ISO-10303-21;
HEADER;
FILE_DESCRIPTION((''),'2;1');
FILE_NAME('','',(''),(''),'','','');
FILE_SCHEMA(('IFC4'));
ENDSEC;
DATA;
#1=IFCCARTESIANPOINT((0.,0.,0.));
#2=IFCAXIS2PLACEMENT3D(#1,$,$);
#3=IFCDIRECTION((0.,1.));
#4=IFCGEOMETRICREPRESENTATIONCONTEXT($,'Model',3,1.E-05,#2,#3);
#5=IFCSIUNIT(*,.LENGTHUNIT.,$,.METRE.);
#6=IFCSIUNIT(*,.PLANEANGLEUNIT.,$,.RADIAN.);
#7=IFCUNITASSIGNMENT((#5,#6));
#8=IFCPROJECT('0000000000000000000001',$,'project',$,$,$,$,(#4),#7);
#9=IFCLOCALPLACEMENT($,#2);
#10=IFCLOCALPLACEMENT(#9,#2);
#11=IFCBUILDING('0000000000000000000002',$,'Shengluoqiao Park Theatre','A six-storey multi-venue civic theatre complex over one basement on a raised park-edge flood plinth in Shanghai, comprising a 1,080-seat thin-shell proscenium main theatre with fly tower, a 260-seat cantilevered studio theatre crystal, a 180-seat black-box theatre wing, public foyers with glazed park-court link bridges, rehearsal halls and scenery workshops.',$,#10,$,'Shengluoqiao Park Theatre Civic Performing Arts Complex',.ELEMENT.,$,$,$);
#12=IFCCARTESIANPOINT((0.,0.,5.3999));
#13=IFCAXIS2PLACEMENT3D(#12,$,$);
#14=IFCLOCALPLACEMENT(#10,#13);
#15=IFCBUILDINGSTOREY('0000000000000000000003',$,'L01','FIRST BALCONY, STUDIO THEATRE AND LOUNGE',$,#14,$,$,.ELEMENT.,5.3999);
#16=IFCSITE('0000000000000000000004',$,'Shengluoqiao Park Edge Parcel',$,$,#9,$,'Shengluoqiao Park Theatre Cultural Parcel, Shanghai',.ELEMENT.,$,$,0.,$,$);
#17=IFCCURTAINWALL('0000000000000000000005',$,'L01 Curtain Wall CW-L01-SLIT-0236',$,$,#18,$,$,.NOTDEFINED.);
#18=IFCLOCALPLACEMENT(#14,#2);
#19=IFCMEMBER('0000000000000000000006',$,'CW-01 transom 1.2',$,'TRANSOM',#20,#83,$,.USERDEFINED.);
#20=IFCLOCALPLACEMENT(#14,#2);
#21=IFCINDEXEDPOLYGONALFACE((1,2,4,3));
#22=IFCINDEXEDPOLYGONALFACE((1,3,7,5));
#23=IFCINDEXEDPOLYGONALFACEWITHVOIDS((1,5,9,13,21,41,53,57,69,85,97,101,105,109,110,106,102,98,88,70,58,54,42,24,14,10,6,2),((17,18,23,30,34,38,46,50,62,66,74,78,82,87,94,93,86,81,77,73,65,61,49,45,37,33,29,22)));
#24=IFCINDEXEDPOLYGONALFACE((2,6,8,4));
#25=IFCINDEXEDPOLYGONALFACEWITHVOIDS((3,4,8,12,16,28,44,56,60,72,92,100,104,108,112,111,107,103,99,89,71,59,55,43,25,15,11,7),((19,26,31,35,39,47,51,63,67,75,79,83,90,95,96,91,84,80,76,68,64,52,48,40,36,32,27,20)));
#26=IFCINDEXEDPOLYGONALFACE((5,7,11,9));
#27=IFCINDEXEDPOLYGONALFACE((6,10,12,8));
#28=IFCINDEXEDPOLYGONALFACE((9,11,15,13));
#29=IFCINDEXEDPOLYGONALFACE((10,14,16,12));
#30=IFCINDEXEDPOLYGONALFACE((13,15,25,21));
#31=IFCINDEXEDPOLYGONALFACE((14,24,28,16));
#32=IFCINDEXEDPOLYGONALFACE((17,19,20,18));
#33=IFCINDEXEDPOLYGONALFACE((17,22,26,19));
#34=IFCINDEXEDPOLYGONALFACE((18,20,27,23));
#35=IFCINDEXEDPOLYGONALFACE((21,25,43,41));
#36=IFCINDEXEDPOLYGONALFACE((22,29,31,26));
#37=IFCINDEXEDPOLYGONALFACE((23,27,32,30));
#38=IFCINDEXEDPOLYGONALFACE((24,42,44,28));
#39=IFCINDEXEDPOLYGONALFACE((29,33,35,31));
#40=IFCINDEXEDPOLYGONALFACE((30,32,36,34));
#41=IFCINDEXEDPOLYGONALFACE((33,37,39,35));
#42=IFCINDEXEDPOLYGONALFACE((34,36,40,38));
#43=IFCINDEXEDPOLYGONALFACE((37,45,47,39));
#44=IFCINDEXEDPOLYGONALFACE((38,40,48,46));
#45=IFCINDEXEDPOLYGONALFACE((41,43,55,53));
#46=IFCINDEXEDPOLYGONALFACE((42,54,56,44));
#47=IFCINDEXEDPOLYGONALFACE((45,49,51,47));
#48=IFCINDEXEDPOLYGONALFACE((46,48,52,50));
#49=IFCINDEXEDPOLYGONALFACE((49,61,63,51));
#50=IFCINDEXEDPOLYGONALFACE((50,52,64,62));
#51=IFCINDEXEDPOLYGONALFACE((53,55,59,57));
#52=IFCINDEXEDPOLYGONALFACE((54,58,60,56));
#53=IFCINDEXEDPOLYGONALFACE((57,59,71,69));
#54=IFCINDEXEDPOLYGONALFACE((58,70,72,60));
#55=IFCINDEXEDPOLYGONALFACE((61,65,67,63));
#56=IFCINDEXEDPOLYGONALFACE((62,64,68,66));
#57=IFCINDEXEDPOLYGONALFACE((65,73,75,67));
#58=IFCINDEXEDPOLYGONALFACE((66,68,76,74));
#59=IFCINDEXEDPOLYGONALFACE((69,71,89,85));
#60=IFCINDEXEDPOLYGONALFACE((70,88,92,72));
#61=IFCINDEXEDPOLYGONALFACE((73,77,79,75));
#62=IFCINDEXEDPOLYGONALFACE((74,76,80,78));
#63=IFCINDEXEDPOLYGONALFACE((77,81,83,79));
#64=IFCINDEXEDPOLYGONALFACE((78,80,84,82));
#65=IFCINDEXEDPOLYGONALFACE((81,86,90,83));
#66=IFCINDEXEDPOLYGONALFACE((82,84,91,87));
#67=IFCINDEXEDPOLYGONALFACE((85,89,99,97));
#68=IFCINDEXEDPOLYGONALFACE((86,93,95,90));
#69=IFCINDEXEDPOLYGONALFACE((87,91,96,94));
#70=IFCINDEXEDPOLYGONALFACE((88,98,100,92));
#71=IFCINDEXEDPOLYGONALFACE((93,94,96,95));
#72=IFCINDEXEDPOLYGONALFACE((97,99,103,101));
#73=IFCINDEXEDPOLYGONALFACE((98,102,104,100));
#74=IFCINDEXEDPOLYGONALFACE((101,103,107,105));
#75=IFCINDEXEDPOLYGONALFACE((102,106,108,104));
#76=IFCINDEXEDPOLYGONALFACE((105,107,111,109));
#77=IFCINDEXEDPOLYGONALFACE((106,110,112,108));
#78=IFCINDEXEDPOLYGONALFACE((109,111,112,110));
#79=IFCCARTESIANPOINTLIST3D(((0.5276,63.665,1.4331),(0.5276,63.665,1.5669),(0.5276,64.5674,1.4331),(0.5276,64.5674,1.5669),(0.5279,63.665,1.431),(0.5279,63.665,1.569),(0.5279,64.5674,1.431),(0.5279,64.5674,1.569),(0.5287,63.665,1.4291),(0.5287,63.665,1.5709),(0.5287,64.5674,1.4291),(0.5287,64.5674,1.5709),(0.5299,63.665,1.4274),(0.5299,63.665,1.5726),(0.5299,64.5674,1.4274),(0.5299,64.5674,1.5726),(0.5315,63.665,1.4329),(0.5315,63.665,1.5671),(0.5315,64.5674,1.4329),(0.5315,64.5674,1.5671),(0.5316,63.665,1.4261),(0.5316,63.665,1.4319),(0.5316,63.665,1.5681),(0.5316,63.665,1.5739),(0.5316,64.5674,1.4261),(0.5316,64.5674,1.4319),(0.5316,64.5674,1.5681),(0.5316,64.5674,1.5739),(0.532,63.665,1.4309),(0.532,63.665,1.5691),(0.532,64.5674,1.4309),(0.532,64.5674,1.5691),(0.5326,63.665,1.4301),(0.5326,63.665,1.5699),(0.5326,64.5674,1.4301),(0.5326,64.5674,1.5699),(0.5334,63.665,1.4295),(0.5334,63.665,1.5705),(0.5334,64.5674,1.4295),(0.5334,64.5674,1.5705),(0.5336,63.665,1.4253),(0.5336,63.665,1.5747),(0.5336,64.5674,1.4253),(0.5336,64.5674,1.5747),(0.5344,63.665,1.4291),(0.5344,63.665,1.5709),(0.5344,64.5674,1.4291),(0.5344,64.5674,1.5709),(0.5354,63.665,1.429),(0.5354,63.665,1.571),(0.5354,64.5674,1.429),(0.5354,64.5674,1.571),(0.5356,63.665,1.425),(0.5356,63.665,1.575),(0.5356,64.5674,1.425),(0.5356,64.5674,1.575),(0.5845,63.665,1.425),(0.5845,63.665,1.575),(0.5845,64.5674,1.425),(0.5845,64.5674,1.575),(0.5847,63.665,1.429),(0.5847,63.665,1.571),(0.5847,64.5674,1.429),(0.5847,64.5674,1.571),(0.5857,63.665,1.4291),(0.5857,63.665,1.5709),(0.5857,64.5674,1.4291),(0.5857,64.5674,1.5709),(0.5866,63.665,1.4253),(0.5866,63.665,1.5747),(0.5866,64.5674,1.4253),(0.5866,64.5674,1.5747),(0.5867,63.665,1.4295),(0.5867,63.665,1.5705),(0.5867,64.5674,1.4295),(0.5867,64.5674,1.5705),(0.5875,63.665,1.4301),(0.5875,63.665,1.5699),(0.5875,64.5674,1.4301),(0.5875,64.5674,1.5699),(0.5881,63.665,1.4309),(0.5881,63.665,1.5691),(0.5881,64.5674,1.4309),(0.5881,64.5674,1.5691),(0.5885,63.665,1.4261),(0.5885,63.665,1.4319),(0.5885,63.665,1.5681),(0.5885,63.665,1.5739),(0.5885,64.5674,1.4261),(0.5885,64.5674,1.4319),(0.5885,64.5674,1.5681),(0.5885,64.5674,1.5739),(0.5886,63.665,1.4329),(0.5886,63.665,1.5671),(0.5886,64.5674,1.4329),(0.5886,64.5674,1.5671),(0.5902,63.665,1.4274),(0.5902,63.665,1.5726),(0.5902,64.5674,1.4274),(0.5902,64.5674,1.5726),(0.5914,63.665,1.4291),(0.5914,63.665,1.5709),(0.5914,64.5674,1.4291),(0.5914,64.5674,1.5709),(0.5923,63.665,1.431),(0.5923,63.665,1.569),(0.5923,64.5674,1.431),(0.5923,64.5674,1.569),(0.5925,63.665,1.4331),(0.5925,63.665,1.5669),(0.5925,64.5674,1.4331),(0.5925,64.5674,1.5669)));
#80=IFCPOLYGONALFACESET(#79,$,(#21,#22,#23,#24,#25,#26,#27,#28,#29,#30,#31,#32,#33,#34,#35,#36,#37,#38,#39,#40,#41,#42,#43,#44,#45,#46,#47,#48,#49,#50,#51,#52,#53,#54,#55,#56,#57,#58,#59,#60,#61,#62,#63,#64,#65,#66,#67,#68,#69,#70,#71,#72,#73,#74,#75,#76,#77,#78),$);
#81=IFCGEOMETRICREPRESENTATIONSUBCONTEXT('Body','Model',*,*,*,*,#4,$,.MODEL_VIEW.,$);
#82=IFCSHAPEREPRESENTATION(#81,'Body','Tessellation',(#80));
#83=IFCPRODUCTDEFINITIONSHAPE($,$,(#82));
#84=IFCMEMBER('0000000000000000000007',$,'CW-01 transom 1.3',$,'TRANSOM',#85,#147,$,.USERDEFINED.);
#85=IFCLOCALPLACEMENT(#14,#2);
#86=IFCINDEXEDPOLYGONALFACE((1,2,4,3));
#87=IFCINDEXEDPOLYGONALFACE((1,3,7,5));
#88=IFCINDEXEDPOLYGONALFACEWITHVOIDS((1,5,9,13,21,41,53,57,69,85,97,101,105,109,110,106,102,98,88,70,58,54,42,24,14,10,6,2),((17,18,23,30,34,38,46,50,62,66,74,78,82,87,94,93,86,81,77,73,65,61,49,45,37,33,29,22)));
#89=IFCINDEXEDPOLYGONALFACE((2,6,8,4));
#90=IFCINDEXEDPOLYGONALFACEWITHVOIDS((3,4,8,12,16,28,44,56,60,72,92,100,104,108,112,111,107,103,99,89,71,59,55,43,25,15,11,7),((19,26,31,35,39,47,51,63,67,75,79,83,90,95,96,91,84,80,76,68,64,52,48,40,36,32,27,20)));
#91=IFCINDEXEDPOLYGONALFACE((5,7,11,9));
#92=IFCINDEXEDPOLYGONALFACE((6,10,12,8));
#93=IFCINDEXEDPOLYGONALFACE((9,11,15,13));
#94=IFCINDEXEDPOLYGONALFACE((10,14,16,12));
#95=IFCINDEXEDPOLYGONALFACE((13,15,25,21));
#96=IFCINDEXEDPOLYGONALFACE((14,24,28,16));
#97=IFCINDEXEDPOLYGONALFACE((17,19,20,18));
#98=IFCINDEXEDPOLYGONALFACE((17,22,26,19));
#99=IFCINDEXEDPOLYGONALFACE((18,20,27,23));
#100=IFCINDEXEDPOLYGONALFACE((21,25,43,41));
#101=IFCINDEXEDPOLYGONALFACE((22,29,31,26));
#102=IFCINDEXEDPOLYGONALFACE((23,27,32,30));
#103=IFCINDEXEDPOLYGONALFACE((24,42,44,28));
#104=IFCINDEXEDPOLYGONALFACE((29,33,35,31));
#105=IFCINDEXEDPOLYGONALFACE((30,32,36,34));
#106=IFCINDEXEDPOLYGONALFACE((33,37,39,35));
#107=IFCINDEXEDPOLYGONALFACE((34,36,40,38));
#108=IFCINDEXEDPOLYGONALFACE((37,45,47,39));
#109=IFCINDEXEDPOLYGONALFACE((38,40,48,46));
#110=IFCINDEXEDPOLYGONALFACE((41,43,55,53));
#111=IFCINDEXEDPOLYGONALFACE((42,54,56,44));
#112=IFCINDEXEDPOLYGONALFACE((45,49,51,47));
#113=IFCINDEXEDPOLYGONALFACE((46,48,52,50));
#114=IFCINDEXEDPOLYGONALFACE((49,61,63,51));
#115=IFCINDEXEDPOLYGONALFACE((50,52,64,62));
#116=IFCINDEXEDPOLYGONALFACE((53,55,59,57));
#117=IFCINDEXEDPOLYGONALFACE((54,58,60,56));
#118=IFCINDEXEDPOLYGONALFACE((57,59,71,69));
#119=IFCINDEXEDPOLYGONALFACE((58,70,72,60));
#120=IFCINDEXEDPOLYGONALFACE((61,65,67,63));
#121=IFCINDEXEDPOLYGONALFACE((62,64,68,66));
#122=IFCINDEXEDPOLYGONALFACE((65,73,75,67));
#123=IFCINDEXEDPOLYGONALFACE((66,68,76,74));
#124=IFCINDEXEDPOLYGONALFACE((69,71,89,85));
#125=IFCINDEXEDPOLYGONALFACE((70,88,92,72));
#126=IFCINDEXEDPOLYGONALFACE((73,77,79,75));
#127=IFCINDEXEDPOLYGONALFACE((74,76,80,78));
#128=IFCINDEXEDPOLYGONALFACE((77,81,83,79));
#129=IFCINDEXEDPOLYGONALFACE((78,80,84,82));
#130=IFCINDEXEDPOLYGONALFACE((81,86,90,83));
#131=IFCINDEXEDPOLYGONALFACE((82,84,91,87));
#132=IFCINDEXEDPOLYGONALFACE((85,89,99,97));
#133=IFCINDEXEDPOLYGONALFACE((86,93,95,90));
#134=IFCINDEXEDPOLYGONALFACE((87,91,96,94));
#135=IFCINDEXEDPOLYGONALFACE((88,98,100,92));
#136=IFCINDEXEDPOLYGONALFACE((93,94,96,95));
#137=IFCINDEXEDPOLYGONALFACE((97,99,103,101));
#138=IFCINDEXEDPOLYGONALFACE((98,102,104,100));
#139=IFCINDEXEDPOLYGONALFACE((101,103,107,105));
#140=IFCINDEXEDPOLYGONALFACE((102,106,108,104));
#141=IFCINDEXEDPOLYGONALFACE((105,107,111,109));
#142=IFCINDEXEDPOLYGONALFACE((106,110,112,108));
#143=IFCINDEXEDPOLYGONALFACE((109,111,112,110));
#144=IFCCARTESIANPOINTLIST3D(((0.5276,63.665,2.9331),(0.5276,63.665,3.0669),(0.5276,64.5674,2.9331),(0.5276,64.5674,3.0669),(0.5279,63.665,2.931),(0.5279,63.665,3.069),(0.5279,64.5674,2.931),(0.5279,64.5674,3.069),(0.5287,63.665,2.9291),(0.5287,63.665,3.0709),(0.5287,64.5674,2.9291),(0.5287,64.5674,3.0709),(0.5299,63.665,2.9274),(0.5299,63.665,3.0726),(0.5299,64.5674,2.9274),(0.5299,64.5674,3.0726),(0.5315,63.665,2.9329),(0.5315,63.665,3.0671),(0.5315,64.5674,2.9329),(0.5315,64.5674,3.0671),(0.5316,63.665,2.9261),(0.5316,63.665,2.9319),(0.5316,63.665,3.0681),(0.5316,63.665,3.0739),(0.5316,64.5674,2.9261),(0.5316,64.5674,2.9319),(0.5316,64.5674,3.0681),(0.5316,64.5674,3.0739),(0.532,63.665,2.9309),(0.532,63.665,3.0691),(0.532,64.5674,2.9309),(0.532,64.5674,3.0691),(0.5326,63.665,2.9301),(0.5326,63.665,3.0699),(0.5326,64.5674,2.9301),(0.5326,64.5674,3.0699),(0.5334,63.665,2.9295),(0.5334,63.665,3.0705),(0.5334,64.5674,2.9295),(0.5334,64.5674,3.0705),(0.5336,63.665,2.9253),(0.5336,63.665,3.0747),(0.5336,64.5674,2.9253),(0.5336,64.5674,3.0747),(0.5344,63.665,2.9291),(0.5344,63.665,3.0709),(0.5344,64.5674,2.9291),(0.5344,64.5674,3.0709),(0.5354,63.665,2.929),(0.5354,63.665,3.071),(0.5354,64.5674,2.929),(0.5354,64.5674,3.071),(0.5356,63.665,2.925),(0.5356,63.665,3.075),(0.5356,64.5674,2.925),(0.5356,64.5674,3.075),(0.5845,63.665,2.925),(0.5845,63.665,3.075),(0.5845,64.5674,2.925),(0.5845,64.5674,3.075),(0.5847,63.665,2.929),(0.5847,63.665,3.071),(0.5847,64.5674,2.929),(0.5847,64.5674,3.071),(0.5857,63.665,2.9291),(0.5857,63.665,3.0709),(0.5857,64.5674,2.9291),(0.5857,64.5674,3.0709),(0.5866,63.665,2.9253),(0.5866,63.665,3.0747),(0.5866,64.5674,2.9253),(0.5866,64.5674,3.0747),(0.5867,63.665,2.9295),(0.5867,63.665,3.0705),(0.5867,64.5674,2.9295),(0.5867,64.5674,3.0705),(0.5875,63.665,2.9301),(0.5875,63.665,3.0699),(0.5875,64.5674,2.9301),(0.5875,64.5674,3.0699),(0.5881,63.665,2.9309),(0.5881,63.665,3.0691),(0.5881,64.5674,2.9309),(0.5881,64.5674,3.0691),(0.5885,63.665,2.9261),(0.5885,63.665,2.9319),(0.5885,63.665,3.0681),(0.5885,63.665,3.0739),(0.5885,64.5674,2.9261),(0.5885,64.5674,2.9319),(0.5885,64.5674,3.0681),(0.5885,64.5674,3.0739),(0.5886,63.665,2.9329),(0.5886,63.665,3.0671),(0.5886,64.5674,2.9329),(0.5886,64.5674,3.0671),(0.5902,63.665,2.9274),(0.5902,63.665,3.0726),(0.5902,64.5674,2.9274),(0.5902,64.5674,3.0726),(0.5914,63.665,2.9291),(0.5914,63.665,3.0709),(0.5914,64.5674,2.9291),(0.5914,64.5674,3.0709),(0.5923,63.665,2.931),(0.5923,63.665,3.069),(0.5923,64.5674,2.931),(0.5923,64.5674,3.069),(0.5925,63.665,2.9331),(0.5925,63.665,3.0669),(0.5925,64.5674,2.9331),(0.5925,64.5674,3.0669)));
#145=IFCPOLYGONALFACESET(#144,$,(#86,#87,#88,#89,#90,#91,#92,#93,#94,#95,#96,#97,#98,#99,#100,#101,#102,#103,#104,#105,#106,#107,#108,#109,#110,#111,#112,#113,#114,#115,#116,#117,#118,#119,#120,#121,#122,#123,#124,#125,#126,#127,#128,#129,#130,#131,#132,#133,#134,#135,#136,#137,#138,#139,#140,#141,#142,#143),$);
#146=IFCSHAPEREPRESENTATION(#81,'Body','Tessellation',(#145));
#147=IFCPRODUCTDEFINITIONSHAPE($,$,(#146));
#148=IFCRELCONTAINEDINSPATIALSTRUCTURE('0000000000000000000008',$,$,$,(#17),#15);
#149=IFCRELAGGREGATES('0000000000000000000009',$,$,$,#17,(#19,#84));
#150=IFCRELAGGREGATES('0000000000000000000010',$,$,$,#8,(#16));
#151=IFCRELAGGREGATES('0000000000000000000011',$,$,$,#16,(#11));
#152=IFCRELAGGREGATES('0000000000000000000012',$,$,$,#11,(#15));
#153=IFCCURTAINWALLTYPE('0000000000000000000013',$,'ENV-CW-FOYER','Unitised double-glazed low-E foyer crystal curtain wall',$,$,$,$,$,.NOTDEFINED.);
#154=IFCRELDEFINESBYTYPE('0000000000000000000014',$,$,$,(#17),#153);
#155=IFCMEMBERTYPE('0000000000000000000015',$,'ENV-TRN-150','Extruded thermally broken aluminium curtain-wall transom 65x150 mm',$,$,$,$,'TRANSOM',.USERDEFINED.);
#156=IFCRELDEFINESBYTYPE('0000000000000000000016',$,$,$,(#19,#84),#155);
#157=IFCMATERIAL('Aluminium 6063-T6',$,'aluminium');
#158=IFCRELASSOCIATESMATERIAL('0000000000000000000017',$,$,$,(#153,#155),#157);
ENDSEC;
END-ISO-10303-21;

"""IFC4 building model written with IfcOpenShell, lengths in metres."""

from ifc_helpers import new_model, si_unit, direction, frame, origin, origin_2d, place, context, subcontext, project, spatial, hollow_rectangle, extrude, material, material_profile, profile_set, type_object, element, aggregate, save


model = new_model("IFC4")

# Units and contexts
model_context = context("Model", 3, precision=1e-05, world=origin(), true_north=direction((0.0, 1.0)))
body_context = subcontext(model_context, "Body", "Model", "MODEL_VIEW")
ifc_project = project(units=[si_unit("LENGTHUNIT", "METRE"), si_unit("PLANEANGLEUNIT", "RADIAN")], contexts=[model_context])

# Site, building, storey
site_placement = place(None, origin())
site = spatial("IfcSite", under=ifc_project, at=site_placement, Name="Shengluoqiao Park Edge Parcel", LongName="Shengluoqiao Park Theatre Cultural Parcel, Shanghai", CompositionType="ELEMENT", RefElevation=0.0)
building_placement = place(site_placement, origin())
building = spatial("IfcBuilding", under=site, at=building_placement, Name="Shengluoqiao Park Theatre", Description="A six-storey multi-venue civic theatre complex over one basement on a raised park-edge flood plinth in Shanghai, comprising a 1,080-seat thin-shell proscenium main theatre with fly tower, a 260-seat cantilevered studio theatre crystal, a 180-seat black-box theatre wing, public foyers with glazed park-court link bridges, rehearsal halls and scenery workshops.", LongName="Shengluoqiao Park Theatre Civic Performing Arts Complex", CompositionType="ELEMENT")
storey_placement = place(building_placement, frame((0.0, 0.0, 5.3999)))
storey = spatial("IfcBuildingStorey", under=building, at=storey_placement, Name="L01", Description="FIRST BALCONY, STUDIO THEATRE AND LOUNGE", CompositionType="ELEMENT", Elevation=5.3999)

# Curtain wall, members
ifc_material_1 = material(Name="Aluminium 6063-T6", Category="aluminium")
curtain_wall_type = type_object("IfcCurtainWallType", Name="ENV-CW-FOYER", Description="Unitised double-glazed low-E foyer crystal curtain wall", PredefinedType="NOTDEFINED", material=ifc_material_1)
curtain_wall_placement = place(storey_placement, origin())
curtain_wall = element("IfcCurtainWall", 1, at=curtain_wall_placement, inside=storey, type_object=curtain_wall_type, Name="L01 Curtain Wall CW-L01-SLIT-0236", PredefinedType="NOTDEFINED")
ifc_material_profile_1 = material_profile(ifc_material_1, hollow_rectangle(XDim=0.0649, YDim=0.1499, WallThickness=0.0039, InnerFilletRadius=0.0039, OuterFilletRadius=0.0081, at=origin_2d()), Name="ALU TRANSOM 150x65x4")
ifc_profile_set_1 = profile_set([ifc_material_profile_1], Name="Aluminium 6063-T6")
member_type_1 = type_object("IfcMemberType", Name="ENV-TRN-150", Description="Extruded thermally broken aluminium curtain-wall transom 65x150 mm", ElementType="TRANSOM", PredefinedType="USERDEFINED", material=ifc_profile_set_1)
member_1_placement = place(storey_placement, frame((0.5601, 63.665, 1.5), z_axis=(0.0, 1.0, 0.0), x_axis=(-1.0, 0.0, 0.0)))
member_1 = element("IfcMember", 2, at=member_1_placement, type_object=member_type_1, Name="CW-01 transom 1.2", ObjectType="TRANSOM", PredefinedType="USERDEFINED", context=body_context, shape_type="SweptSolid", body=[
    extrude(hollow_rectangle(XDim=0.0649, YDim=0.1499, WallThickness=0.0039, InnerFilletRadius=0.0039, OuterFilletRadius=0.0081, at=origin_2d()), origin(), (0.0, 0.0, 1.0), 0.9023),
])
member_2_placement = place(storey_placement, frame((0.5601, 63.665, 3.0), z_axis=(0.0, 1.0, 0.0), x_axis=(-1.0, 0.0, 0.0)))
member_2 = element("IfcMember", 3, at=member_2_placement, type_object=member_type_1, Name="CW-01 transom 1.3", ObjectType="TRANSOM", PredefinedType="USERDEFINED", context=body_context, shape_type="SweptSolid", body=[
    extrude(hollow_rectangle(XDim=0.0649, YDim=0.1499, WallThickness=0.0039, InnerFilletRadius=0.0039, OuterFilletRadius=0.0081, at=origin_2d()), origin(), (0.0, 0.0, 1.0), 0.9023),
])

aggregate(curtain_wall, [member_1, member_2])

save(model, "model.ifc")
